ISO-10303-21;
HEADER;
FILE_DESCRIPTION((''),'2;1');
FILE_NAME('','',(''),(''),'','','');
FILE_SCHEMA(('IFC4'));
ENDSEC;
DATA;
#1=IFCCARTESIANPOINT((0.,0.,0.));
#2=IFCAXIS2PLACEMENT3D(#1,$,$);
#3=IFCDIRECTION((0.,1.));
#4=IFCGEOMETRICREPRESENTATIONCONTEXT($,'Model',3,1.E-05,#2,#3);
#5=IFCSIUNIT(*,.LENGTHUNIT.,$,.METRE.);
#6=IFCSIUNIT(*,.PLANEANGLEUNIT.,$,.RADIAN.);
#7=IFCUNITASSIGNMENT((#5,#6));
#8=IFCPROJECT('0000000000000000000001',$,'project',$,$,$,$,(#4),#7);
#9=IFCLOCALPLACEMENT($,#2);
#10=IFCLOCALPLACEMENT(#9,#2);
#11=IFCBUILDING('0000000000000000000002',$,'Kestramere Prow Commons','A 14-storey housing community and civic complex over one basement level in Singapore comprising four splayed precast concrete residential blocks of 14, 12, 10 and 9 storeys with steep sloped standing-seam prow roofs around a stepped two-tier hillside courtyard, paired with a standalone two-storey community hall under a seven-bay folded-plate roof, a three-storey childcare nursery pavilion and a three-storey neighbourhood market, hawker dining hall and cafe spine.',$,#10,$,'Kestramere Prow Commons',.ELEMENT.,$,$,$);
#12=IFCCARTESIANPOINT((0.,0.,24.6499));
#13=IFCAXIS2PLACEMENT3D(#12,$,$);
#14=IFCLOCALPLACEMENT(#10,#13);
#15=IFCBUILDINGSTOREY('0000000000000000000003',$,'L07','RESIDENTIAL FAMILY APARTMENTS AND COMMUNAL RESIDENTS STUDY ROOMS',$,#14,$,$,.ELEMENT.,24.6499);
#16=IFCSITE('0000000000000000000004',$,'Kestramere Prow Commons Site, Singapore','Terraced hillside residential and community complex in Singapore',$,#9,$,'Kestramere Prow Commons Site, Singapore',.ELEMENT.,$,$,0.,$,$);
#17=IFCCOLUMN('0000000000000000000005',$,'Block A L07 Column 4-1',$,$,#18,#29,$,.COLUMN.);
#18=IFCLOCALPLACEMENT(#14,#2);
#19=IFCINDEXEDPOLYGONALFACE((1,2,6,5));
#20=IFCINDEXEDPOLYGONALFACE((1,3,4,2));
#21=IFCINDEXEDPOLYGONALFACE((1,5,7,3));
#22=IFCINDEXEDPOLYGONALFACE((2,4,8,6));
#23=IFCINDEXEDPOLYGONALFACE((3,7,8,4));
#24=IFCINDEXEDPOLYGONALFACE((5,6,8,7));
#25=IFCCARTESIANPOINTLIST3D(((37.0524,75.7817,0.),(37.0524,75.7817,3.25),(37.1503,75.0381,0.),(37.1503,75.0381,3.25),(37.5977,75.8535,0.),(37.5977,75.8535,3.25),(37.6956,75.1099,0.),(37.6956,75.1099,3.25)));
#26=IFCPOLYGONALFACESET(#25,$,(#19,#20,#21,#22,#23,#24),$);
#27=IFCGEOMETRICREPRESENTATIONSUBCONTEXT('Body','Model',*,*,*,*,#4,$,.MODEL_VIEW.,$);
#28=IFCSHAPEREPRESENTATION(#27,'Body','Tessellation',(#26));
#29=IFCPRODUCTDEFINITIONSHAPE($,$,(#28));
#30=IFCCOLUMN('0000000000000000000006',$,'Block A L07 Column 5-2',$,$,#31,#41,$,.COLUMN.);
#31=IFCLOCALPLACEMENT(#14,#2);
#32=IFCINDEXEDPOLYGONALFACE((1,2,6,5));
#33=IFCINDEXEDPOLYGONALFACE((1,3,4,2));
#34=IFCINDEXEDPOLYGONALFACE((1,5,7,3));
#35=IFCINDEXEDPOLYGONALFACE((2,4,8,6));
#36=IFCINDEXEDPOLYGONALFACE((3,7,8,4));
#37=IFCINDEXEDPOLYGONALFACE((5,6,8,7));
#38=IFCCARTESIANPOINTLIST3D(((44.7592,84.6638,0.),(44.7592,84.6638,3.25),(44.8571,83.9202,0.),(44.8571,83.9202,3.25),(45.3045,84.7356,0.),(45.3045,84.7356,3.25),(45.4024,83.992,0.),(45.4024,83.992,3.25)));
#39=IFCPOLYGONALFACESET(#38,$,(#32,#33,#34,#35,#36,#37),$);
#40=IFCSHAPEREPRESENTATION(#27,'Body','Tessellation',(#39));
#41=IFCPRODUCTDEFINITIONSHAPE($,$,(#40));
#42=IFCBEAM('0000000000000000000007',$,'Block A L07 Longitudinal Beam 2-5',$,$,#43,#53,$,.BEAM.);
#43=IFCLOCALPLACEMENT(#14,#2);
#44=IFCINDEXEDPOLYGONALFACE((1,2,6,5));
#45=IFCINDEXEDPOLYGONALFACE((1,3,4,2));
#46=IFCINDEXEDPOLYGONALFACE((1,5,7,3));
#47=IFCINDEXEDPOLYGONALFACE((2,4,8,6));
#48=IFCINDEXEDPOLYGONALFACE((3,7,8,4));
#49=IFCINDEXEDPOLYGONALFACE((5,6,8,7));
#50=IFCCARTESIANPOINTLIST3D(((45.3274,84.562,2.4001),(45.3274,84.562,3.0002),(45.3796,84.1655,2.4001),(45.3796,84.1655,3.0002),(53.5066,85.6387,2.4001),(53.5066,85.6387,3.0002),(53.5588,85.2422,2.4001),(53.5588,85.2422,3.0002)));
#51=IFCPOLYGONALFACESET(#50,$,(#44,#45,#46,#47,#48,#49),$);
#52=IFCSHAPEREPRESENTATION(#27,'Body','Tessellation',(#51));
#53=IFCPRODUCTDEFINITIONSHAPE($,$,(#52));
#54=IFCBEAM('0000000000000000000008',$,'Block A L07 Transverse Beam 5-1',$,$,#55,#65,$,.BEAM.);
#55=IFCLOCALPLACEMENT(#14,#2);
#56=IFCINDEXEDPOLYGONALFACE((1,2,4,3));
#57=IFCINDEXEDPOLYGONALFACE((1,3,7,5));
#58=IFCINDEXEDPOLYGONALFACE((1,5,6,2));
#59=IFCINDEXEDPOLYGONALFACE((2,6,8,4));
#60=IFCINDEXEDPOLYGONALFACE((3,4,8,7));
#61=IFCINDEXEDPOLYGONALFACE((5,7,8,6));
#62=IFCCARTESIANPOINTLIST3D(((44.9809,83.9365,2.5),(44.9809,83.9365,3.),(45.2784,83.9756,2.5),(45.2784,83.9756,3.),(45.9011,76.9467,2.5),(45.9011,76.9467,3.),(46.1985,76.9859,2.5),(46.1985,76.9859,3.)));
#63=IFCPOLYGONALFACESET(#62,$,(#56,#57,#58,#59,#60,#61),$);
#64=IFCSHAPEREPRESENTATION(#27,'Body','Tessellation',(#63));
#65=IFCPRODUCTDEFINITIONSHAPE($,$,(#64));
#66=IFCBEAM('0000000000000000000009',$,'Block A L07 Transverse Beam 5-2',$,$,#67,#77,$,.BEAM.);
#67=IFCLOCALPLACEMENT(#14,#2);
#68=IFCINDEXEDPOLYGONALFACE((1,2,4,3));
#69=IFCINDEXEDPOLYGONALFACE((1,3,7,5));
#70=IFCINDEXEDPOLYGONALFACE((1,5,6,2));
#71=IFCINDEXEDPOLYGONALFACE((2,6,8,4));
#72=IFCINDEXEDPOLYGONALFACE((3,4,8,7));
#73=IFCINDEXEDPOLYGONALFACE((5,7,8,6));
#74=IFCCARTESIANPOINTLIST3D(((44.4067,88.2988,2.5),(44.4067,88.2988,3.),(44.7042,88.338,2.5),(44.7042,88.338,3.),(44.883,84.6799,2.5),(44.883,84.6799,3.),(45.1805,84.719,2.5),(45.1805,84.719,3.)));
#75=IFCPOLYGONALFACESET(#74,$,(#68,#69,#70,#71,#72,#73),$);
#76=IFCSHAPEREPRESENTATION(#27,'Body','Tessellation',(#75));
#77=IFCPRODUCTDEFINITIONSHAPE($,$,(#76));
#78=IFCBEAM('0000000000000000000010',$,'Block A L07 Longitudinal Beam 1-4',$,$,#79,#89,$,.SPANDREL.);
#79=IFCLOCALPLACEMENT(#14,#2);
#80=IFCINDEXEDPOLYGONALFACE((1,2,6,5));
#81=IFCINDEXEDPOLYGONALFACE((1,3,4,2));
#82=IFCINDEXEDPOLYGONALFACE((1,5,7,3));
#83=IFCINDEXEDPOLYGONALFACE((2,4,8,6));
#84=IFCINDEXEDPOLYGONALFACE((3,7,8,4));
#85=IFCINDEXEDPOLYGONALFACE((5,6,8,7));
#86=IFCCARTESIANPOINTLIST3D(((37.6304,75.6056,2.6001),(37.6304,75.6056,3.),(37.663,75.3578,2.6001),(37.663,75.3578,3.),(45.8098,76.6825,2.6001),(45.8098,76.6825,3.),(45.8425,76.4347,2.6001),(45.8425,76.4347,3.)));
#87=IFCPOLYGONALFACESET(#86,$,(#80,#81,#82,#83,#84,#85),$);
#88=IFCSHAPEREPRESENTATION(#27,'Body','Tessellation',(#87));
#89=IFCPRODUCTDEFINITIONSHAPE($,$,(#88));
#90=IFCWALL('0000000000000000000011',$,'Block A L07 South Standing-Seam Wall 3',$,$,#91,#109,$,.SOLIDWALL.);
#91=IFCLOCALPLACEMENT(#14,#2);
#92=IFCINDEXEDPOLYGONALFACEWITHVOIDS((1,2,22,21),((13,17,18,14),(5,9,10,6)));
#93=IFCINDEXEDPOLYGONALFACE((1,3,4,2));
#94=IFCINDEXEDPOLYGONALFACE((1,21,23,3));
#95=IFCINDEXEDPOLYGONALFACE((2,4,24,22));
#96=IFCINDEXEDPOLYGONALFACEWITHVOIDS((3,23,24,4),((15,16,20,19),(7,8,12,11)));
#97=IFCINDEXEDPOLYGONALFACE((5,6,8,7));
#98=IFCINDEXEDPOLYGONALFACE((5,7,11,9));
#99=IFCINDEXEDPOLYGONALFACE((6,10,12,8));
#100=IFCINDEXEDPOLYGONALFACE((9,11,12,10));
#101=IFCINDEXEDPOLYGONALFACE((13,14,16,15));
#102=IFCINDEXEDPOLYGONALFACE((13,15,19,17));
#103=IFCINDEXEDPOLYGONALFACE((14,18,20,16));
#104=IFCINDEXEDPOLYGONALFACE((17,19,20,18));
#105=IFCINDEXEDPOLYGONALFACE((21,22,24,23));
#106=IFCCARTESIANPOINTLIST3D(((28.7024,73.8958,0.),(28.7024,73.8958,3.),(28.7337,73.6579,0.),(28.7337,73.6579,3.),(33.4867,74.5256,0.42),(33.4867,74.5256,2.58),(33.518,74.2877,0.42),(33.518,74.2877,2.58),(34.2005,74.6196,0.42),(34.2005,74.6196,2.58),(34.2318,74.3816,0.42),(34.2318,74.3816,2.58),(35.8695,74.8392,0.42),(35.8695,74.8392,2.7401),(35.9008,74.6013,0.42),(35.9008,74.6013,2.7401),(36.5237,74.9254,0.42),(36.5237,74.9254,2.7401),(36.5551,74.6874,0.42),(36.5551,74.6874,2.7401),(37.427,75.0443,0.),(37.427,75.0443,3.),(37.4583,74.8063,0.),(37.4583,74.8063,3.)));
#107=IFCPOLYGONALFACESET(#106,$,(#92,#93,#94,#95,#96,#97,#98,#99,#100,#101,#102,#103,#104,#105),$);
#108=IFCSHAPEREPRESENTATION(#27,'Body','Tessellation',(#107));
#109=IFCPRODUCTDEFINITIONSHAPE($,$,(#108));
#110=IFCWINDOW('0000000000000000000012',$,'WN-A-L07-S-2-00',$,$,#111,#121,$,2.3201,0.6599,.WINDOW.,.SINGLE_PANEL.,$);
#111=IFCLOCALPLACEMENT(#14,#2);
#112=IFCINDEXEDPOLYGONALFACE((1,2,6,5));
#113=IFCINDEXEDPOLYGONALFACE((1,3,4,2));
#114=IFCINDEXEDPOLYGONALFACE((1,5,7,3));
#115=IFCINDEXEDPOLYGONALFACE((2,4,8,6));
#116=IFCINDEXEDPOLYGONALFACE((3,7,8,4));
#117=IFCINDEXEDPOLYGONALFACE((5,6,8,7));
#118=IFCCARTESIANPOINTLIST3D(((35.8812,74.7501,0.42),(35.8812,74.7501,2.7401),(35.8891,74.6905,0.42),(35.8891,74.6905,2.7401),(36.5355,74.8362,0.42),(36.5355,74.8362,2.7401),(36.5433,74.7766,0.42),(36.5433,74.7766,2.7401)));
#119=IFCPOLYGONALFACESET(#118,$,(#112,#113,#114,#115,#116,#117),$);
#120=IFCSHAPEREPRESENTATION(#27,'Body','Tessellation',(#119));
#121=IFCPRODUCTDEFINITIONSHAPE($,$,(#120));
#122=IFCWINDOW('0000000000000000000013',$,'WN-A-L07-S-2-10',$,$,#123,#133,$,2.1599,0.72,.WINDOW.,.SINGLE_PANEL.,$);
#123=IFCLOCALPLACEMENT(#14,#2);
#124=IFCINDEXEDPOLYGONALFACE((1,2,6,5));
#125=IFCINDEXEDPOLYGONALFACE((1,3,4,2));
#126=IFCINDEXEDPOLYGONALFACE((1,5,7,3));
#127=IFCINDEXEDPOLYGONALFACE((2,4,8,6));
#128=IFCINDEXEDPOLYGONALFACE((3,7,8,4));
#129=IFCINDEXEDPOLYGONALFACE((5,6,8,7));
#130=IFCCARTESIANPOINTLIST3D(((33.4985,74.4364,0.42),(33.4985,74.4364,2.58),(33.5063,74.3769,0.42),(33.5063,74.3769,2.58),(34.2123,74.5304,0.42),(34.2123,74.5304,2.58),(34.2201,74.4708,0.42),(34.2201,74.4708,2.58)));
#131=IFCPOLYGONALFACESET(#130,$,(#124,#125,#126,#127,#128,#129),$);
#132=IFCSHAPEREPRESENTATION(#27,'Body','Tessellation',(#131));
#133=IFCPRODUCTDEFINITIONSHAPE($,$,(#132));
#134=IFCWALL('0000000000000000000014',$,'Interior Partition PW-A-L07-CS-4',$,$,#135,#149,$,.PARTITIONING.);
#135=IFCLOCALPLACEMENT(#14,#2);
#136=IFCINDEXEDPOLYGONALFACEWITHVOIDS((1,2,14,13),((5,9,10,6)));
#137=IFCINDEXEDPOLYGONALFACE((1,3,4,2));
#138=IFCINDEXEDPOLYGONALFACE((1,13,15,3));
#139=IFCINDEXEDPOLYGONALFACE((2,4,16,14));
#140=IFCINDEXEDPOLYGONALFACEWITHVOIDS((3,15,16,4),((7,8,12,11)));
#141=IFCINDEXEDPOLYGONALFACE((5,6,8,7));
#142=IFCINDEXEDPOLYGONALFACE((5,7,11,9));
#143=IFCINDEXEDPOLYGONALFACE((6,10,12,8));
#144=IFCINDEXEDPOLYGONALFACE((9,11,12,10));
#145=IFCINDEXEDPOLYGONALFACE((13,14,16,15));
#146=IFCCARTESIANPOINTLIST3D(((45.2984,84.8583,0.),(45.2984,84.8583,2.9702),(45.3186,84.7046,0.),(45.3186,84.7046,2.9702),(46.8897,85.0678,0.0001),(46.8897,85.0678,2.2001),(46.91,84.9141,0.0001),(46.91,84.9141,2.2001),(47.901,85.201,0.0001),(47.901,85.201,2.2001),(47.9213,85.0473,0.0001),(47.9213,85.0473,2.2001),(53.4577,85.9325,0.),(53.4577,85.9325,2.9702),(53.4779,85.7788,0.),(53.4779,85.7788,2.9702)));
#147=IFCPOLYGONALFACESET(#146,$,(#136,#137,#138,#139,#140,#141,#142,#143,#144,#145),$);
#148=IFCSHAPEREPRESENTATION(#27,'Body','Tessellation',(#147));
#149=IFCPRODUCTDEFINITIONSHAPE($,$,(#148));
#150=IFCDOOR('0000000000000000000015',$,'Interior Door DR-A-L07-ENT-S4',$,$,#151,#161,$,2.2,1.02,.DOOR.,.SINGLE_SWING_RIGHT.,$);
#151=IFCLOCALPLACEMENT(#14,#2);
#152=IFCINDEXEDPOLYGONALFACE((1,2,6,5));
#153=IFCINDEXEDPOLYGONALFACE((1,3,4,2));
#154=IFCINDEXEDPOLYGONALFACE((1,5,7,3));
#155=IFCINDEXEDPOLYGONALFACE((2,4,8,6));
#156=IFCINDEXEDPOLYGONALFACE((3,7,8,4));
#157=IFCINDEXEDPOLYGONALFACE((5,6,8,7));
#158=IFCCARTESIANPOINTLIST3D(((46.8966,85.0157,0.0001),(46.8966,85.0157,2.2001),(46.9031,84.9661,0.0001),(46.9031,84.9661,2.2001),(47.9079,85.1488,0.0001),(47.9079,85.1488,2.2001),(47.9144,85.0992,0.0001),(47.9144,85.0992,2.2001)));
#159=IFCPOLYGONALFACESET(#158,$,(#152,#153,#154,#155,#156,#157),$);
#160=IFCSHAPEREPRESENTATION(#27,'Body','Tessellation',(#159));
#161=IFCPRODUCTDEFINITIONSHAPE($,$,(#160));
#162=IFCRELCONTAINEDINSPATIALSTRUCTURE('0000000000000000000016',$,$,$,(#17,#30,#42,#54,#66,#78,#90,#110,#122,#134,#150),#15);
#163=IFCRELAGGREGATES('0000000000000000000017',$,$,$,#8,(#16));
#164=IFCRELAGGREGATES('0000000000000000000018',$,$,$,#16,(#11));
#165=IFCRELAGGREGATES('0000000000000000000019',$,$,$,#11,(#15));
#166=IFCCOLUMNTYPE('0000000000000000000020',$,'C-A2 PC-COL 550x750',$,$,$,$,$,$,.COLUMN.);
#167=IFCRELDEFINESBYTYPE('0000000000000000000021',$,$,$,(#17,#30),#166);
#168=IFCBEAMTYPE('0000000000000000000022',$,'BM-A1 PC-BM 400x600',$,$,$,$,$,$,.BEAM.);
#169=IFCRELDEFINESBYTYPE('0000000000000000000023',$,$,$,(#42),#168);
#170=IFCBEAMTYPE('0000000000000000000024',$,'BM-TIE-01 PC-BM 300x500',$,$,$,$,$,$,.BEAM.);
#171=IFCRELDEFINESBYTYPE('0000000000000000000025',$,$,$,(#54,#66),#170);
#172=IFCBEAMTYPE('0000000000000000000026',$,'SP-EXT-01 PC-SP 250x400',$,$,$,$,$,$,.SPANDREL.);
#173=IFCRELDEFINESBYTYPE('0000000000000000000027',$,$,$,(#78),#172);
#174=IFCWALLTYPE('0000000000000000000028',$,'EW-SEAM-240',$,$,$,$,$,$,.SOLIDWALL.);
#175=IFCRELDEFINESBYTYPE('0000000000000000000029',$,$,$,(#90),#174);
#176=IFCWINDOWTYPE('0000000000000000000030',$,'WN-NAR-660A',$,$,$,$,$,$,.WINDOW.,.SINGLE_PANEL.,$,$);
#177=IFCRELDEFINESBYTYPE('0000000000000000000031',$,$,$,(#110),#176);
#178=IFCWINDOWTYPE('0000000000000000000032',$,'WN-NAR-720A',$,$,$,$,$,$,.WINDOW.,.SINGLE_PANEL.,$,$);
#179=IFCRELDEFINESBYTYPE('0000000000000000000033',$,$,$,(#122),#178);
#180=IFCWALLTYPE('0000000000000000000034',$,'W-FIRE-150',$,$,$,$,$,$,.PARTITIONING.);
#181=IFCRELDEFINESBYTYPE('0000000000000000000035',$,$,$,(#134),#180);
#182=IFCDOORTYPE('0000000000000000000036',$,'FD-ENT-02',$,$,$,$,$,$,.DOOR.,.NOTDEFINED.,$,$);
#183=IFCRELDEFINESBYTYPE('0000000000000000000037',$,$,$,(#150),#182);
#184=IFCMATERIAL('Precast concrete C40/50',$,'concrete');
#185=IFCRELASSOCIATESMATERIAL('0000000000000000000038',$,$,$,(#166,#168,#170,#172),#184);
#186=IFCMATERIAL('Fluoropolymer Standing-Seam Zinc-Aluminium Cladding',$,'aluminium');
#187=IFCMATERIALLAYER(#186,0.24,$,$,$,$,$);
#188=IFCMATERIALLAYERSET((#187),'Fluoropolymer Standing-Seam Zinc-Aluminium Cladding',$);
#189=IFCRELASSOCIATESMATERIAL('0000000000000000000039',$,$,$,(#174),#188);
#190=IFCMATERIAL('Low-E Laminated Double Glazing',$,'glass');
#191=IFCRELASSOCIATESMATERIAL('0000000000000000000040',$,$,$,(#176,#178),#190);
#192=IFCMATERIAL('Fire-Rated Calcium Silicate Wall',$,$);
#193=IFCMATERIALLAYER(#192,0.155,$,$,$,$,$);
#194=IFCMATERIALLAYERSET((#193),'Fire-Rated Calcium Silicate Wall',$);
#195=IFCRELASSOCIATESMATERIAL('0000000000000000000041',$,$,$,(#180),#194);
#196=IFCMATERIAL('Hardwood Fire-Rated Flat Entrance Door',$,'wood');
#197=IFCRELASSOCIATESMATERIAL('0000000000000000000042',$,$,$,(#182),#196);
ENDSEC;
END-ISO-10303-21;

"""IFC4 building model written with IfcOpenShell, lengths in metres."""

from ifc_helpers import new_model, si_unit, direction, frame, frame_2d, origin, origin_2d, place, context, subcontext, project, spatial, rectangle, extrude, material, layer, layer_set, material_profile, profile_set, type_object, element, fill, save


model = new_model("IFC4")

# Units and contexts
model_context = context("Model", 3, precision=1e-05, world=origin(), true_north=direction((0.0, 1.0)))
body_context = subcontext(model_context, "Body", "Model", "MODEL_VIEW")
ifc_project = project(units=[si_unit("LENGTHUNIT", "METRE"), si_unit("PLANEANGLEUNIT", "RADIAN")], contexts=[model_context])

# Site, building, storey
site_placement = place(None, origin())
site = spatial("IfcSite", under=ifc_project, at=site_placement, Name="Kestramere Prow Commons Site, Singapore", Description="Terraced hillside residential and community complex in Singapore", LongName="Kestramere Prow Commons Site, Singapore", CompositionType="ELEMENT", RefElevation=0.0)
building_placement = place(site_placement, origin())
building = spatial("IfcBuilding", under=site, at=building_placement, Name="Kestramere Prow Commons", Description="A 14-storey housing community and civic complex over one basement level in Singapore comprising four splayed precast concrete residential blocks of 14, 12, 10 and 9 storeys with steep sloped standing-seam prow roofs around a stepped two-tier hillside courtyard, paired with a standalone two-storey community hall under a seven-bay folded-plate roof, a three-storey childcare nursery pavilion and a three-storey neighbourhood market, hawker dining hall and cafe spine.", LongName="Kestramere Prow Commons", CompositionType="ELEMENT")
storey_placement = place(building_placement, frame((0.0, 0.0, 24.6499)))
storey = spatial("IfcBuildingStorey", under=building, at=storey_placement, Name="L07", Description="RESIDENTIAL FAMILY APARTMENTS AND COMMUNAL RESIDENTS STUDY ROOMS", CompositionType="ELEMENT", Elevation=24.6499)

# Columns
ifc_material_1 = material(Name="Precast concrete C40/50", Category="concrete")
ifc_material_profile_1 = material_profile(ifc_material_1, rectangle(XDim=0.55, YDim=0.75, at=origin_2d()), Name="PC-COL 550x750")
ifc_profile_set_1 = profile_set([ifc_material_profile_1], Name="Precast concrete C40/50")
column_type = type_object("IfcColumnType", Name="C-A2 PC-COL 550x750", PredefinedType="COLUMN", material=ifc_profile_set_1)
for number, where, z_axis, x_axis, name in (
    (1, (37.374, 75.4458, 0.0), (0.0, 0.0, 1.0), (0.991445, 0.130526, 0.0), "Block A L07 Column 4-1"),
    (2, (45.0808, 84.3279, 0.0), (0.0, 0.0, 1.0), (0.991445, 0.130526, 0.0), "Block A L07 Column 5-2"),
):
    element("IfcColumn", number, at=place(storey_placement, frame(where, z_axis=z_axis, x_axis=x_axis)), inside=storey, type_object=column_type, Name=name, PredefinedType="COLUMN", context=body_context, shape_type="SweptSolid", body=[
        extrude(rectangle(XDim=0.55, YDim=0.75, at=origin_2d()), origin(), (0.0, 0.0, 1.0), 3.25),
    ])

# Beams
ifc_material_profile_2 = material_profile(ifc_material_1, rectangle(XDim=0.3999, YDim=0.6001, at=origin_2d()), Name="PC-BM 400x600")
ifc_profile_set_2 = profile_set([ifc_material_profile_2], Name="Precast concrete C40/50")
beam_type_1 = type_object("IfcBeamType", Name="BM-A1 PC-BM 400x600", PredefinedType="BEAM", material=ifc_profile_set_2)
beam_1_placement = place(storey_placement, frame((45.3535, 84.3638, 2.7002), z_axis=(0.991447, 0.130508, 0.0), x_axis=(-0.130508, 0.991447, 0.0)))
element("IfcBeam", 3, at=beam_1_placement, inside=storey, type_object=beam_type_1, Name="Block A L07 Longitudinal Beam 2-5", PredefinedType="BEAM", context=body_context, shape_type="SweptSolid", body=[
    extrude(rectangle(XDim=0.3999, YDim=0.6001, at=origin_2d()), origin(), (0.0, 0.0, 1.0), 8.2498),
])
ifc_material_profile_3 = material_profile(ifc_material_1, rectangle(XDim=0.3, YDim=0.5, at=origin_2d()), Name="PC-BM 300x500")
ifc_profile_set_3 = profile_set([ifc_material_profile_3], Name="Precast concrete C40/50")
beam_type_2 = type_object("IfcBeamType", Name="BM-TIE-01 PC-BM 300x500", PredefinedType="BEAM", material=ifc_profile_set_3)
beam_2_placement = place(storey_placement, frame((46.0498, 76.9663, 2.75), z_axis=(-0.130519, 0.991446, 0.0), x_axis=(-0.991446, -0.130519, 0.0)))
element("IfcBeam", 4, at=beam_2_placement, inside=storey, type_object=beam_type_2, Name="Block A L07 Transverse Beam 5-1", PredefinedType="BEAM", context=body_context, shape_type="SweptSolid", body=[
    extrude(rectangle(XDim=0.3, YDim=0.5, at=origin_2d()), origin(), (0.0, 0.0, 1.0), 7.05),
])
beam_3_placement = place(storey_placement, frame((45.0317, 84.6995, 2.75), z_axis=(-0.130494, 0.991449, 0.0), x_axis=(-0.991449, -0.130494, 0.0)))
element("IfcBeam", 5, at=beam_3_placement, inside=storey, type_object=beam_type_2, Name="Block A L07 Transverse Beam 5-2", PredefinedType="BEAM", context=body_context, shape_type="SweptSolid", body=[
    extrude(rectangle(XDim=0.3, YDim=0.5, at=origin_2d()), origin(), (0.0, 0.0, 1.0), 3.6501),
])
ifc_material_profile_4 = material_profile(ifc_material_1, rectangle(XDim=0.25, YDim=0.3999, at=origin_2d()), Name="PC-SP 250x400")
ifc_profile_set_4 = profile_set([ifc_material_profile_4], Name="Precast concrete C40/50")
beam_type_3 = type_object("IfcBeamType", Name="SP-EXT-01 PC-SP 250x400", PredefinedType="SPANDREL", material=ifc_profile_set_4)
beam_4_placement = place(storey_placement, frame((37.6467, 75.4817, 2.8), z_axis=(0.991444, 0.130533, 0.0), x_axis=(-0.130533, 0.991444, 0.0)))
element("IfcBeam", 6, at=beam_4_placement, inside=storey, type_object=beam_type_3, Name="Block A L07 Longitudinal Beam 1-4", PredefinedType="SPANDREL", context=body_context, shape_type="SweptSolid", body=[
    extrude(rectangle(XDim=0.25, YDim=0.3999, at=origin_2d()), origin(), (0.0, 0.0, 1.0), 8.25),
])

# Wall, openings, windows
ifc_material_2 = material(Name="Fluoropolymer Standing-Seam Zinc-Aluminium Cladding", Category="aluminium")
ifc_layer_1 = layer(ifc_material_2, 0.24)
ifc_layer_set_1 = layer_set([ifc_layer_1], Name="Fluoropolymer Standing-Seam Zinc-Aluminium Cladding")
wall_type_1 = type_object("IfcWallType", Name="EW-SEAM-240", PredefinedType="SOLIDWALL", material=ifc_layer_set_1)
wall_1_placement = place(storey_placement, frame((37.4426, 74.9253, 0.0), z_axis=(0.0, 0.0, 1.0), x_axis=(-0.991447, -0.130506, 0.0)))
wall_1 = element("IfcWall", 7, at=wall_1_placement, inside=storey, type_object=wall_type_1, Name="Block A L07 South Standing-Seam Wall 3", PredefinedType="SOLIDWALL", context=body_context, shape_type="SweptSolid", body=[
    extrude(rectangle(XDim=8.7998, YDim=0.24, at=frame_2d((4.3999, 0.0))), origin(), (0.0, 0.0, 1.0), 3.0),
])
opening_1_placement = place(wall_1_placement, frame((0.9109, 0.0, 0.4199)))
opening_1 = element("IfcOpeningElement", 8, at=opening_1_placement, cuts=wall_1, PredefinedType="OPENING", context=body_context, shape_type="SweptSolid", body=[
    extrude(rectangle(XDim=0.6599, YDim=2.3201, at=frame_2d((0.3301, 1.1602))), frame((0.0, 0.135, 0.0), z_axis=(0.0, -1.0, 0.0), x_axis=(1.0, 0.0, 0.0)), (0.0, 0.0, 1.0), 0.27),
])
opening_2_placement = place(wall_1_placement, frame((3.2544, 0.0, 0.4199)))
opening_2 = element("IfcOpeningElement", 9, at=opening_2_placement, cuts=wall_1, PredefinedType="OPENING", context=body_context, shape_type="SweptSolid", body=[
    extrude(rectangle(XDim=0.72, YDim=2.1599, at=frame_2d((0.3599, 1.0801))), frame((0.0, 0.135, 0.0), z_axis=(0.0, -1.0, 0.0), x_axis=(1.0, 0.0, 0.0)), (0.0, 0.0, 1.0), 0.27),
])
ifc_material_3 = material(Name="Low-E Laminated Double Glazing", Category="glass")
window_type_1 = type_object("IfcWindowType", Name="WN-NAR-660A", PartitioningType="SINGLE_PANEL", PredefinedType="WINDOW", material=ifc_material_3)
window_1_placement = place(opening_1_placement, origin())
window_1 = element("IfcWindow", 10, at=window_1_placement, inside=storey, type_object=window_type_1, Name="WN-A-L07-S-2-00", OverallHeight=2.3201, OverallWidth=0.6599, PartitioningType="SINGLE_PANEL", PredefinedType="WINDOW", context=body_context, shape_type="SweptSolid", body=[
    extrude(rectangle(XDim=0.6599, YDim=2.3201, at=frame_2d((0.3301, 1.1602))), frame((0.0, 0.03, 0.0), z_axis=(0.0, -1.0, 0.0), x_axis=(1.0, 0.0, 0.0)), (0.0, 0.0, 1.0), 0.0601),
])
fill(opening_1, window_1)
window_type_2 = type_object("IfcWindowType", Name="WN-NAR-720A", PartitioningType="SINGLE_PANEL", PredefinedType="WINDOW", material=ifc_material_3)
window_2_placement = place(opening_2_placement, origin())
window_2 = element("IfcWindow", 11, at=window_2_placement, inside=storey, type_object=window_type_2, Name="WN-A-L07-S-2-10", OverallHeight=2.1599, OverallWidth=0.72, PartitioningType="SINGLE_PANEL", PredefinedType="WINDOW", context=body_context, shape_type="SweptSolid", body=[
    extrude(rectangle(XDim=0.72, YDim=2.1599, at=frame_2d((0.3599, 1.0801))), frame((0.0, 0.03, 0.0), z_axis=(0.0, -1.0, 0.0), x_axis=(1.0, 0.0, 0.0)), (0.0, 0.0, 1.0), 0.0601),
])
fill(opening_2, window_2)

# Wall, opening, door
ifc_material_4 = material(Name="Fire-Rated Calcium Silicate Wall")
ifc_layer_2 = layer(ifc_material_4, 0.155)
ifc_layer_set_2 = layer_set([ifc_layer_2], Name="Fire-Rated Calcium Silicate Wall")
wall_type_2 = type_object("IfcWallType", Name="W-FIRE-150", PredefinedType="PARTITIONING", material=ifc_layer_set_2)
wall_2_placement = place(storey_placement, frame((45.3086, 84.7815, 0.0), z_axis=(0.0, 0.0, 1.0), x_axis=(0.991445, 0.130527, 0.0)))
wall_2 = element("IfcWall", 12, at=wall_2_placement, inside=storey, type_object=wall_type_2, Name="Interior Partition PW-A-L07-CS-4", PredefinedType="PARTITIONING", context=body_context, shape_type="SweptSolid", body=[
    extrude(rectangle(XDim=8.2297, YDim=0.155, at=frame_2d((4.1147, 0.0))), origin(), (0.0, 0.0, 1.0), 2.9702),
])
opening_3_placement = place(wall_2_placement, frame((1.605, 0.0, 0.0)))
opening_3 = element("IfcOpeningElement", 13, at=opening_3_placement, cuts=wall_2, PredefinedType="OPENING", context=body_context, shape_type="SweptSolid", body=[
    extrude(rectangle(XDim=1.02, YDim=2.2, at=frame_2d((0.51, 1.1001))), frame((0.0, 0.0925, 0.0), z_axis=(0.0, -1.0, 0.0), x_axis=(1.0, 0.0, 0.0)), (0.0, 0.0, 1.0), 0.1851),
])
ifc_material_5 = material(Name="Hardwood Fire-Rated Flat Entrance Door", Category="wood")
door_type_1 = type_object("IfcDoorType", Name="FD-ENT-02", OperationType="NOTDEFINED", PredefinedType="DOOR", material=ifc_material_5)
door_1_placement = place(opening_3_placement, origin())
door_1 = element("IfcDoor", 14, at=door_1_placement, inside=storey, type_object=door_type_1, Name="Interior Door DR-A-L07-ENT-S4", OperationType="SINGLE_SWING_RIGHT", OverallHeight=2.2, OverallWidth=1.02, PredefinedType="DOOR", context=body_context, shape_type="SweptSolid", body=[
    extrude(rectangle(XDim=1.02, YDim=2.2, at=frame_2d((0.51, 1.1001))), frame((0.0, 0.0249, 0.0), z_axis=(0.0, -1.0, 0.0), x_axis=(1.0, 0.0, 0.0)), (0.0, 0.0, 1.0), 0.05),
])
fill(opening_3, door_1)

save(model, "model.ifc")
